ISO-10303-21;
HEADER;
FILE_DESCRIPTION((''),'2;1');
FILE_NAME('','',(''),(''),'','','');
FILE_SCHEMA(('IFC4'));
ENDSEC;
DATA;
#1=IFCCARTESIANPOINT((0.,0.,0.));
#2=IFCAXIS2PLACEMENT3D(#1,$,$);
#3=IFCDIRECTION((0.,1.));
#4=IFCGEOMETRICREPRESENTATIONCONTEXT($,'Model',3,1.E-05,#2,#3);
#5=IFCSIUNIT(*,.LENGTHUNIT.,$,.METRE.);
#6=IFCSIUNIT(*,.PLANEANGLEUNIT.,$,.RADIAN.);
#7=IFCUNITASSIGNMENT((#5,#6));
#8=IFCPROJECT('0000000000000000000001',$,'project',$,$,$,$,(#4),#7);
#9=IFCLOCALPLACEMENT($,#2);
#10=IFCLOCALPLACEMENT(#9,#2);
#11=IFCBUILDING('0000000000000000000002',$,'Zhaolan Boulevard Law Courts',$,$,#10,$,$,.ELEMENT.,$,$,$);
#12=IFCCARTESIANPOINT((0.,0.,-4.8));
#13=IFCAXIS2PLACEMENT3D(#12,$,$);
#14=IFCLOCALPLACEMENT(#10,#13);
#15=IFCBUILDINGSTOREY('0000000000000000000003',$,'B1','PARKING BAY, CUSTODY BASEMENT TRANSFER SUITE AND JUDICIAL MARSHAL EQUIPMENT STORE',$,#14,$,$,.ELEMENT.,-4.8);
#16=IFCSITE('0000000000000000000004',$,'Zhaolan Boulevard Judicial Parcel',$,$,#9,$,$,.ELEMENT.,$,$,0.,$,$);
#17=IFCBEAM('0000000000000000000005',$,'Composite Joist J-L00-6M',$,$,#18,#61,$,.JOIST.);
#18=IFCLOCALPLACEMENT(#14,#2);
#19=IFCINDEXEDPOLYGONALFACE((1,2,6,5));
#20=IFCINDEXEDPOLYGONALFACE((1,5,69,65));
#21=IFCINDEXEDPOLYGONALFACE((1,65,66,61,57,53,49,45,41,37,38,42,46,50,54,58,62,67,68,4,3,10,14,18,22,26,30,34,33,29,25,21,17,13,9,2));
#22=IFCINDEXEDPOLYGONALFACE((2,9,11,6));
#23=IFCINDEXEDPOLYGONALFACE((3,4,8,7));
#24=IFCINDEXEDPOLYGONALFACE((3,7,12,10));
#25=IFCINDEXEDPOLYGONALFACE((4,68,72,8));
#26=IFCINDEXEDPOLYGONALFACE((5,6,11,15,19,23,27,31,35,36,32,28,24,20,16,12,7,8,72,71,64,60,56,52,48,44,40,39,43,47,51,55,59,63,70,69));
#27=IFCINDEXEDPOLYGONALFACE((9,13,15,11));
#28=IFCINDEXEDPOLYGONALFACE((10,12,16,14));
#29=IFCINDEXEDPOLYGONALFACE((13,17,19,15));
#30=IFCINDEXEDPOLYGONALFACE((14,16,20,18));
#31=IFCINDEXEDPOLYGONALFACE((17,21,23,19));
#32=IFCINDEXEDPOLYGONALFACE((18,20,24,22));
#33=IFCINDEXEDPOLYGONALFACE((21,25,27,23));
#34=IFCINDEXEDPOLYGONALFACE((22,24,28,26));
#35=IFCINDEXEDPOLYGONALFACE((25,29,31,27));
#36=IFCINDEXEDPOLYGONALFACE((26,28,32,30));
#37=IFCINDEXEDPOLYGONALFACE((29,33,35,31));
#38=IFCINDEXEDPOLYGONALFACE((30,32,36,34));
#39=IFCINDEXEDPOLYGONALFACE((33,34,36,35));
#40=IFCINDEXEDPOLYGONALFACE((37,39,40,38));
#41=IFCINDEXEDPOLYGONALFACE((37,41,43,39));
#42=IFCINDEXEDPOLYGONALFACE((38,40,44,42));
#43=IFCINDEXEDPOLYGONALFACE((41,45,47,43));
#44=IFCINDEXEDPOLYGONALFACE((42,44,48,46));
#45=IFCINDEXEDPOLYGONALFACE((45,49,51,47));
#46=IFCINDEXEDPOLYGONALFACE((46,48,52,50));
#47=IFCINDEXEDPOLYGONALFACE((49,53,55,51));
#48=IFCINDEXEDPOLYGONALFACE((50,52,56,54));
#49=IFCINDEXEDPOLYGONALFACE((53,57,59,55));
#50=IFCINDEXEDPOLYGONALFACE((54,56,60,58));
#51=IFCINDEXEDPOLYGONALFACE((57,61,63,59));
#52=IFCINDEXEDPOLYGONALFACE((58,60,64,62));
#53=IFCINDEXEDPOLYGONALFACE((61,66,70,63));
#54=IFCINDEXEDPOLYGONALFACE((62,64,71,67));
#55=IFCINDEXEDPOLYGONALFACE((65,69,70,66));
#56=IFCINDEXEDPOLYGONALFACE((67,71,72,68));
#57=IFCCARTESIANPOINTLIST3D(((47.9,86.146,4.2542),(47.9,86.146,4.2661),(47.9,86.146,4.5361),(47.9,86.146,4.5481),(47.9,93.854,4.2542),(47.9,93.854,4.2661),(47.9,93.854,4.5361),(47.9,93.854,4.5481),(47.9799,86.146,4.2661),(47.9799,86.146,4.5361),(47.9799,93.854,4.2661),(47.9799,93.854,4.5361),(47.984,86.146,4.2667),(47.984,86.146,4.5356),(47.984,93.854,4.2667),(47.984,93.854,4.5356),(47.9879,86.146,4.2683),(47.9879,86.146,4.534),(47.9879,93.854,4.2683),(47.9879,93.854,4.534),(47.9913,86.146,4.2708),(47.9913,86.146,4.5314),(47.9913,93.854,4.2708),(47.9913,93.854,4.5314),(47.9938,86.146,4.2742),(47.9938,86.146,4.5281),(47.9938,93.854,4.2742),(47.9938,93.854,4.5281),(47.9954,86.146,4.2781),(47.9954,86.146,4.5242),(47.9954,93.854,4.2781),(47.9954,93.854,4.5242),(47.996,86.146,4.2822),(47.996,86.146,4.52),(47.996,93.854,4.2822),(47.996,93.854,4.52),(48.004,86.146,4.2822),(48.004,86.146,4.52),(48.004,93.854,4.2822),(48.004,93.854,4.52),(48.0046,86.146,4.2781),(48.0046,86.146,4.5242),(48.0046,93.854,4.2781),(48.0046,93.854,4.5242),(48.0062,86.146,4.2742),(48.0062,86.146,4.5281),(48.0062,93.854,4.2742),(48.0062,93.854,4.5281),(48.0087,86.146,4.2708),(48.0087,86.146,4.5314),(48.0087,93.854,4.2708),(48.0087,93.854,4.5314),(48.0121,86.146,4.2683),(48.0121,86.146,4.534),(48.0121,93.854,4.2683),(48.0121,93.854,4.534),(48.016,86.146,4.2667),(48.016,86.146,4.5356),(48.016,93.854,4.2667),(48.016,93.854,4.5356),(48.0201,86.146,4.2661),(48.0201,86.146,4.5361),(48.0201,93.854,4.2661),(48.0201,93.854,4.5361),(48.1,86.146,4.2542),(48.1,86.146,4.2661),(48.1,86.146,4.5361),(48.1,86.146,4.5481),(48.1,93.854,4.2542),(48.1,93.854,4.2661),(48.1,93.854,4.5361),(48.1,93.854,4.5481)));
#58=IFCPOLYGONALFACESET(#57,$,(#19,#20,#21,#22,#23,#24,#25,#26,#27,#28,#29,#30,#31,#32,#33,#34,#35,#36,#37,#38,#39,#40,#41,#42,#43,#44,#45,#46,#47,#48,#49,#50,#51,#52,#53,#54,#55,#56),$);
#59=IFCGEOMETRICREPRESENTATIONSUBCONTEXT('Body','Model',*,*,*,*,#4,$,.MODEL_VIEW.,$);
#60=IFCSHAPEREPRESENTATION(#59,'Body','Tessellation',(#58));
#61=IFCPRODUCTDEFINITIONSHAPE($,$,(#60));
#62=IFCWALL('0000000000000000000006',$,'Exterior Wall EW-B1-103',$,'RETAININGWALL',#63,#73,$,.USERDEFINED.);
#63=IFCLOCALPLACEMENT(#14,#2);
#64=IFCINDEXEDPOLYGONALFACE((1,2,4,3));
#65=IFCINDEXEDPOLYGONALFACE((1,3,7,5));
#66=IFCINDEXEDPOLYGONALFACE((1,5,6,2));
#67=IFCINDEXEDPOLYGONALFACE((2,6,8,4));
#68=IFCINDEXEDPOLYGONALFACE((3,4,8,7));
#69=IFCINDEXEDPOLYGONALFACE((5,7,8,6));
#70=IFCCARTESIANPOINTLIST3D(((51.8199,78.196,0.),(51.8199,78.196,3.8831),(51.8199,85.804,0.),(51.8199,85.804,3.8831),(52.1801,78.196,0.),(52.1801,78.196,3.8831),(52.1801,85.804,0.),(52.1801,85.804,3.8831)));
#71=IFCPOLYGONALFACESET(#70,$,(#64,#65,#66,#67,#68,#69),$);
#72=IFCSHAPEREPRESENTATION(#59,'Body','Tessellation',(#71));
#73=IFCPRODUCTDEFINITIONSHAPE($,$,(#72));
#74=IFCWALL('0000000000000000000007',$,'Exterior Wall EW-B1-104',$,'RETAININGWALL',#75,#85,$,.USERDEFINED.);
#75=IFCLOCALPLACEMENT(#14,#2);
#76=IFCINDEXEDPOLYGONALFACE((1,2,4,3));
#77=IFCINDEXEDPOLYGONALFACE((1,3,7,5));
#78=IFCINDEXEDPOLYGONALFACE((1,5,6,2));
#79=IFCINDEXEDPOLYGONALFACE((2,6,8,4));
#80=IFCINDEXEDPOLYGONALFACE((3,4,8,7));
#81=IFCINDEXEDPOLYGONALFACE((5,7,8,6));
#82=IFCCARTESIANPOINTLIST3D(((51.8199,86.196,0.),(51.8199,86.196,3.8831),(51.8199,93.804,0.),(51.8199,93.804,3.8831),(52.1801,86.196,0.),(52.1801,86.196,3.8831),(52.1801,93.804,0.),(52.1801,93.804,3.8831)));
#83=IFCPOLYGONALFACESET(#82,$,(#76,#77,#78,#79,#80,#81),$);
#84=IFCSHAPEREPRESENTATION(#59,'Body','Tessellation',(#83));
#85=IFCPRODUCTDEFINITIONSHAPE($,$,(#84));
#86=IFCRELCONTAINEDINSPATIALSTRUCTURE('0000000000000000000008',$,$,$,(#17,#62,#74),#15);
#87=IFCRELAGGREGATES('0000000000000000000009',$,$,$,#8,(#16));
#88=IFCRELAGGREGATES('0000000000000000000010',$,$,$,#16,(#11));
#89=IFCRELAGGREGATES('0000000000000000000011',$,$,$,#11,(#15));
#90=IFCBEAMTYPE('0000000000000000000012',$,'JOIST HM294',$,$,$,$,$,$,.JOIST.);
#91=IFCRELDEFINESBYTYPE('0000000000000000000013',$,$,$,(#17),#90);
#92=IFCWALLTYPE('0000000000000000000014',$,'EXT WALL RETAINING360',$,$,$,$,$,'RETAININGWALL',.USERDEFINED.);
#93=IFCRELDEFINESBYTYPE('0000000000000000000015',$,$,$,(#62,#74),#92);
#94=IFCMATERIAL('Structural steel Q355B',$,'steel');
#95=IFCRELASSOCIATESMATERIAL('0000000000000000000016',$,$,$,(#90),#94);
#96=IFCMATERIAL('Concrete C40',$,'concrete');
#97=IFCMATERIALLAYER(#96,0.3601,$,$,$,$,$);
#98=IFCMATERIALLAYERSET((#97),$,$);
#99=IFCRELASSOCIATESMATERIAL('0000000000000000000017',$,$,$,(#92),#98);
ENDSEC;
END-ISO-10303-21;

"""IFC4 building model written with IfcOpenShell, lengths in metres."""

from ifc_helpers import new_model, si_unit, direction, frame, frame_2d, origin, origin_2d, place, context, subcontext, project, spatial, rectangle, i_section, extrude, material, layer, layer_set, material_profile, profile_set, type_object, element, save


model = new_model("IFC4")

# Units and contexts
model_context = context("Model", 3, precision=1e-05, world=origin(), true_north=direction((0.0, 1.0)))
body_context = subcontext(model_context, "Body", "Model", "MODEL_VIEW")
ifc_project = project(units=[si_unit("LENGTHUNIT", "METRE"), si_unit("PLANEANGLEUNIT", "RADIAN")], contexts=[model_context])

# Site, building, storey
site_placement = place(None, origin())
site = spatial("IfcSite", under=ifc_project, at=site_placement, Name="Zhaolan Boulevard Judicial Parcel", CompositionType="ELEMENT", RefElevation=0.0)
building_placement = place(site_placement, origin())
building = spatial("IfcBuilding", under=site, at=building_placement, Name="Zhaolan Boulevard Law Courts", CompositionType="ELEMENT")
storey_placement = place(building_placement, frame((0.0, 0.0, -4.8)))
storey = spatial("IfcBuildingStorey", under=building, at=storey_placement, Name="B1", Description="PARKING BAY, CUSTODY BASEMENT TRANSFER SUITE AND JUDICIAL MARSHAL EQUIPMENT STORE", CompositionType="ELEMENT", Elevation=-4.8)

# Beam
ifc_material_1 = material(Name="Structural steel Q355B", Category="steel")
ifc_material_profile_1 = material_profile(ifc_material_1, i_section(OverallWidth=0.2, OverallDepth=0.2939, WebThickness=0.0081, FlangeThickness=0.012, FilletRadius=0.0161, at=origin_2d()), Name="HM294x200")
ifc_profile_set_1 = profile_set([ifc_material_profile_1], Name="Structural steel Q355B")
beam_type_1 = type_object("IfcBeamType", Name="JOIST HM294", PredefinedType="JOIST", material=ifc_profile_set_1)
beam_1_placement = place(storey_placement, frame((48.0, 86.146, 4.4011), z_axis=(0.0, 1.0, 0.0), x_axis=(-1.0, 0.0, 0.0)))
element("IfcBeam", 1, at=beam_1_placement, inside=storey, type_object=beam_type_1, Name="Composite Joist J-L00-6M", PredefinedType="JOIST", context=body_context, shape_type="SweptSolid", body=[
    extrude(i_section(OverallWidth=0.2, OverallDepth=0.2939, WebThickness=0.0081, FlangeThickness=0.012, FilletRadius=0.0161, at=origin_2d()), origin(), (0.0, 0.0, 1.0), 7.708),
])

# Walls
ifc_material_2 = material(Name="Concrete C40", Category="concrete")
ifc_layer = layer(ifc_material_2, 0.3601)
ifc_layer_set = layer_set([ifc_layer])
wall_type = type_object("IfcWallType", Name="EXT WALL RETAINING360", ElementType="RETAININGWALL", PredefinedType="USERDEFINED", material=ifc_layer_set)
for number, where, z_axis, x_axis, name in (
    (2, (52.0, 85.804, 0.0), (0.0, 0.0, 1.0), (0.0, -1.0, 0.0), "Exterior Wall EW-B1-103"),
    (3, (52.0, 93.804, 0.0), (0.0, 0.0, 1.0), (0.0, -1.0, 0.0), "Exterior Wall EW-B1-104"),
):
    element("IfcWall", number, at=place(storey_placement, frame(where, z_axis=z_axis, x_axis=x_axis)), inside=storey, type_object=wall_type, Name=name, ObjectType="RETAININGWALL", PredefinedType="USERDEFINED", context=body_context, shape_type="SweptSolid", body=[
        extrude(rectangle(XDim=7.6079, YDim=0.3601, at=frame_2d((3.804, 0.0))), origin(), (0.0, 0.0, 1.0), 3.8831),
    ])

save(model, "model.ifc")
